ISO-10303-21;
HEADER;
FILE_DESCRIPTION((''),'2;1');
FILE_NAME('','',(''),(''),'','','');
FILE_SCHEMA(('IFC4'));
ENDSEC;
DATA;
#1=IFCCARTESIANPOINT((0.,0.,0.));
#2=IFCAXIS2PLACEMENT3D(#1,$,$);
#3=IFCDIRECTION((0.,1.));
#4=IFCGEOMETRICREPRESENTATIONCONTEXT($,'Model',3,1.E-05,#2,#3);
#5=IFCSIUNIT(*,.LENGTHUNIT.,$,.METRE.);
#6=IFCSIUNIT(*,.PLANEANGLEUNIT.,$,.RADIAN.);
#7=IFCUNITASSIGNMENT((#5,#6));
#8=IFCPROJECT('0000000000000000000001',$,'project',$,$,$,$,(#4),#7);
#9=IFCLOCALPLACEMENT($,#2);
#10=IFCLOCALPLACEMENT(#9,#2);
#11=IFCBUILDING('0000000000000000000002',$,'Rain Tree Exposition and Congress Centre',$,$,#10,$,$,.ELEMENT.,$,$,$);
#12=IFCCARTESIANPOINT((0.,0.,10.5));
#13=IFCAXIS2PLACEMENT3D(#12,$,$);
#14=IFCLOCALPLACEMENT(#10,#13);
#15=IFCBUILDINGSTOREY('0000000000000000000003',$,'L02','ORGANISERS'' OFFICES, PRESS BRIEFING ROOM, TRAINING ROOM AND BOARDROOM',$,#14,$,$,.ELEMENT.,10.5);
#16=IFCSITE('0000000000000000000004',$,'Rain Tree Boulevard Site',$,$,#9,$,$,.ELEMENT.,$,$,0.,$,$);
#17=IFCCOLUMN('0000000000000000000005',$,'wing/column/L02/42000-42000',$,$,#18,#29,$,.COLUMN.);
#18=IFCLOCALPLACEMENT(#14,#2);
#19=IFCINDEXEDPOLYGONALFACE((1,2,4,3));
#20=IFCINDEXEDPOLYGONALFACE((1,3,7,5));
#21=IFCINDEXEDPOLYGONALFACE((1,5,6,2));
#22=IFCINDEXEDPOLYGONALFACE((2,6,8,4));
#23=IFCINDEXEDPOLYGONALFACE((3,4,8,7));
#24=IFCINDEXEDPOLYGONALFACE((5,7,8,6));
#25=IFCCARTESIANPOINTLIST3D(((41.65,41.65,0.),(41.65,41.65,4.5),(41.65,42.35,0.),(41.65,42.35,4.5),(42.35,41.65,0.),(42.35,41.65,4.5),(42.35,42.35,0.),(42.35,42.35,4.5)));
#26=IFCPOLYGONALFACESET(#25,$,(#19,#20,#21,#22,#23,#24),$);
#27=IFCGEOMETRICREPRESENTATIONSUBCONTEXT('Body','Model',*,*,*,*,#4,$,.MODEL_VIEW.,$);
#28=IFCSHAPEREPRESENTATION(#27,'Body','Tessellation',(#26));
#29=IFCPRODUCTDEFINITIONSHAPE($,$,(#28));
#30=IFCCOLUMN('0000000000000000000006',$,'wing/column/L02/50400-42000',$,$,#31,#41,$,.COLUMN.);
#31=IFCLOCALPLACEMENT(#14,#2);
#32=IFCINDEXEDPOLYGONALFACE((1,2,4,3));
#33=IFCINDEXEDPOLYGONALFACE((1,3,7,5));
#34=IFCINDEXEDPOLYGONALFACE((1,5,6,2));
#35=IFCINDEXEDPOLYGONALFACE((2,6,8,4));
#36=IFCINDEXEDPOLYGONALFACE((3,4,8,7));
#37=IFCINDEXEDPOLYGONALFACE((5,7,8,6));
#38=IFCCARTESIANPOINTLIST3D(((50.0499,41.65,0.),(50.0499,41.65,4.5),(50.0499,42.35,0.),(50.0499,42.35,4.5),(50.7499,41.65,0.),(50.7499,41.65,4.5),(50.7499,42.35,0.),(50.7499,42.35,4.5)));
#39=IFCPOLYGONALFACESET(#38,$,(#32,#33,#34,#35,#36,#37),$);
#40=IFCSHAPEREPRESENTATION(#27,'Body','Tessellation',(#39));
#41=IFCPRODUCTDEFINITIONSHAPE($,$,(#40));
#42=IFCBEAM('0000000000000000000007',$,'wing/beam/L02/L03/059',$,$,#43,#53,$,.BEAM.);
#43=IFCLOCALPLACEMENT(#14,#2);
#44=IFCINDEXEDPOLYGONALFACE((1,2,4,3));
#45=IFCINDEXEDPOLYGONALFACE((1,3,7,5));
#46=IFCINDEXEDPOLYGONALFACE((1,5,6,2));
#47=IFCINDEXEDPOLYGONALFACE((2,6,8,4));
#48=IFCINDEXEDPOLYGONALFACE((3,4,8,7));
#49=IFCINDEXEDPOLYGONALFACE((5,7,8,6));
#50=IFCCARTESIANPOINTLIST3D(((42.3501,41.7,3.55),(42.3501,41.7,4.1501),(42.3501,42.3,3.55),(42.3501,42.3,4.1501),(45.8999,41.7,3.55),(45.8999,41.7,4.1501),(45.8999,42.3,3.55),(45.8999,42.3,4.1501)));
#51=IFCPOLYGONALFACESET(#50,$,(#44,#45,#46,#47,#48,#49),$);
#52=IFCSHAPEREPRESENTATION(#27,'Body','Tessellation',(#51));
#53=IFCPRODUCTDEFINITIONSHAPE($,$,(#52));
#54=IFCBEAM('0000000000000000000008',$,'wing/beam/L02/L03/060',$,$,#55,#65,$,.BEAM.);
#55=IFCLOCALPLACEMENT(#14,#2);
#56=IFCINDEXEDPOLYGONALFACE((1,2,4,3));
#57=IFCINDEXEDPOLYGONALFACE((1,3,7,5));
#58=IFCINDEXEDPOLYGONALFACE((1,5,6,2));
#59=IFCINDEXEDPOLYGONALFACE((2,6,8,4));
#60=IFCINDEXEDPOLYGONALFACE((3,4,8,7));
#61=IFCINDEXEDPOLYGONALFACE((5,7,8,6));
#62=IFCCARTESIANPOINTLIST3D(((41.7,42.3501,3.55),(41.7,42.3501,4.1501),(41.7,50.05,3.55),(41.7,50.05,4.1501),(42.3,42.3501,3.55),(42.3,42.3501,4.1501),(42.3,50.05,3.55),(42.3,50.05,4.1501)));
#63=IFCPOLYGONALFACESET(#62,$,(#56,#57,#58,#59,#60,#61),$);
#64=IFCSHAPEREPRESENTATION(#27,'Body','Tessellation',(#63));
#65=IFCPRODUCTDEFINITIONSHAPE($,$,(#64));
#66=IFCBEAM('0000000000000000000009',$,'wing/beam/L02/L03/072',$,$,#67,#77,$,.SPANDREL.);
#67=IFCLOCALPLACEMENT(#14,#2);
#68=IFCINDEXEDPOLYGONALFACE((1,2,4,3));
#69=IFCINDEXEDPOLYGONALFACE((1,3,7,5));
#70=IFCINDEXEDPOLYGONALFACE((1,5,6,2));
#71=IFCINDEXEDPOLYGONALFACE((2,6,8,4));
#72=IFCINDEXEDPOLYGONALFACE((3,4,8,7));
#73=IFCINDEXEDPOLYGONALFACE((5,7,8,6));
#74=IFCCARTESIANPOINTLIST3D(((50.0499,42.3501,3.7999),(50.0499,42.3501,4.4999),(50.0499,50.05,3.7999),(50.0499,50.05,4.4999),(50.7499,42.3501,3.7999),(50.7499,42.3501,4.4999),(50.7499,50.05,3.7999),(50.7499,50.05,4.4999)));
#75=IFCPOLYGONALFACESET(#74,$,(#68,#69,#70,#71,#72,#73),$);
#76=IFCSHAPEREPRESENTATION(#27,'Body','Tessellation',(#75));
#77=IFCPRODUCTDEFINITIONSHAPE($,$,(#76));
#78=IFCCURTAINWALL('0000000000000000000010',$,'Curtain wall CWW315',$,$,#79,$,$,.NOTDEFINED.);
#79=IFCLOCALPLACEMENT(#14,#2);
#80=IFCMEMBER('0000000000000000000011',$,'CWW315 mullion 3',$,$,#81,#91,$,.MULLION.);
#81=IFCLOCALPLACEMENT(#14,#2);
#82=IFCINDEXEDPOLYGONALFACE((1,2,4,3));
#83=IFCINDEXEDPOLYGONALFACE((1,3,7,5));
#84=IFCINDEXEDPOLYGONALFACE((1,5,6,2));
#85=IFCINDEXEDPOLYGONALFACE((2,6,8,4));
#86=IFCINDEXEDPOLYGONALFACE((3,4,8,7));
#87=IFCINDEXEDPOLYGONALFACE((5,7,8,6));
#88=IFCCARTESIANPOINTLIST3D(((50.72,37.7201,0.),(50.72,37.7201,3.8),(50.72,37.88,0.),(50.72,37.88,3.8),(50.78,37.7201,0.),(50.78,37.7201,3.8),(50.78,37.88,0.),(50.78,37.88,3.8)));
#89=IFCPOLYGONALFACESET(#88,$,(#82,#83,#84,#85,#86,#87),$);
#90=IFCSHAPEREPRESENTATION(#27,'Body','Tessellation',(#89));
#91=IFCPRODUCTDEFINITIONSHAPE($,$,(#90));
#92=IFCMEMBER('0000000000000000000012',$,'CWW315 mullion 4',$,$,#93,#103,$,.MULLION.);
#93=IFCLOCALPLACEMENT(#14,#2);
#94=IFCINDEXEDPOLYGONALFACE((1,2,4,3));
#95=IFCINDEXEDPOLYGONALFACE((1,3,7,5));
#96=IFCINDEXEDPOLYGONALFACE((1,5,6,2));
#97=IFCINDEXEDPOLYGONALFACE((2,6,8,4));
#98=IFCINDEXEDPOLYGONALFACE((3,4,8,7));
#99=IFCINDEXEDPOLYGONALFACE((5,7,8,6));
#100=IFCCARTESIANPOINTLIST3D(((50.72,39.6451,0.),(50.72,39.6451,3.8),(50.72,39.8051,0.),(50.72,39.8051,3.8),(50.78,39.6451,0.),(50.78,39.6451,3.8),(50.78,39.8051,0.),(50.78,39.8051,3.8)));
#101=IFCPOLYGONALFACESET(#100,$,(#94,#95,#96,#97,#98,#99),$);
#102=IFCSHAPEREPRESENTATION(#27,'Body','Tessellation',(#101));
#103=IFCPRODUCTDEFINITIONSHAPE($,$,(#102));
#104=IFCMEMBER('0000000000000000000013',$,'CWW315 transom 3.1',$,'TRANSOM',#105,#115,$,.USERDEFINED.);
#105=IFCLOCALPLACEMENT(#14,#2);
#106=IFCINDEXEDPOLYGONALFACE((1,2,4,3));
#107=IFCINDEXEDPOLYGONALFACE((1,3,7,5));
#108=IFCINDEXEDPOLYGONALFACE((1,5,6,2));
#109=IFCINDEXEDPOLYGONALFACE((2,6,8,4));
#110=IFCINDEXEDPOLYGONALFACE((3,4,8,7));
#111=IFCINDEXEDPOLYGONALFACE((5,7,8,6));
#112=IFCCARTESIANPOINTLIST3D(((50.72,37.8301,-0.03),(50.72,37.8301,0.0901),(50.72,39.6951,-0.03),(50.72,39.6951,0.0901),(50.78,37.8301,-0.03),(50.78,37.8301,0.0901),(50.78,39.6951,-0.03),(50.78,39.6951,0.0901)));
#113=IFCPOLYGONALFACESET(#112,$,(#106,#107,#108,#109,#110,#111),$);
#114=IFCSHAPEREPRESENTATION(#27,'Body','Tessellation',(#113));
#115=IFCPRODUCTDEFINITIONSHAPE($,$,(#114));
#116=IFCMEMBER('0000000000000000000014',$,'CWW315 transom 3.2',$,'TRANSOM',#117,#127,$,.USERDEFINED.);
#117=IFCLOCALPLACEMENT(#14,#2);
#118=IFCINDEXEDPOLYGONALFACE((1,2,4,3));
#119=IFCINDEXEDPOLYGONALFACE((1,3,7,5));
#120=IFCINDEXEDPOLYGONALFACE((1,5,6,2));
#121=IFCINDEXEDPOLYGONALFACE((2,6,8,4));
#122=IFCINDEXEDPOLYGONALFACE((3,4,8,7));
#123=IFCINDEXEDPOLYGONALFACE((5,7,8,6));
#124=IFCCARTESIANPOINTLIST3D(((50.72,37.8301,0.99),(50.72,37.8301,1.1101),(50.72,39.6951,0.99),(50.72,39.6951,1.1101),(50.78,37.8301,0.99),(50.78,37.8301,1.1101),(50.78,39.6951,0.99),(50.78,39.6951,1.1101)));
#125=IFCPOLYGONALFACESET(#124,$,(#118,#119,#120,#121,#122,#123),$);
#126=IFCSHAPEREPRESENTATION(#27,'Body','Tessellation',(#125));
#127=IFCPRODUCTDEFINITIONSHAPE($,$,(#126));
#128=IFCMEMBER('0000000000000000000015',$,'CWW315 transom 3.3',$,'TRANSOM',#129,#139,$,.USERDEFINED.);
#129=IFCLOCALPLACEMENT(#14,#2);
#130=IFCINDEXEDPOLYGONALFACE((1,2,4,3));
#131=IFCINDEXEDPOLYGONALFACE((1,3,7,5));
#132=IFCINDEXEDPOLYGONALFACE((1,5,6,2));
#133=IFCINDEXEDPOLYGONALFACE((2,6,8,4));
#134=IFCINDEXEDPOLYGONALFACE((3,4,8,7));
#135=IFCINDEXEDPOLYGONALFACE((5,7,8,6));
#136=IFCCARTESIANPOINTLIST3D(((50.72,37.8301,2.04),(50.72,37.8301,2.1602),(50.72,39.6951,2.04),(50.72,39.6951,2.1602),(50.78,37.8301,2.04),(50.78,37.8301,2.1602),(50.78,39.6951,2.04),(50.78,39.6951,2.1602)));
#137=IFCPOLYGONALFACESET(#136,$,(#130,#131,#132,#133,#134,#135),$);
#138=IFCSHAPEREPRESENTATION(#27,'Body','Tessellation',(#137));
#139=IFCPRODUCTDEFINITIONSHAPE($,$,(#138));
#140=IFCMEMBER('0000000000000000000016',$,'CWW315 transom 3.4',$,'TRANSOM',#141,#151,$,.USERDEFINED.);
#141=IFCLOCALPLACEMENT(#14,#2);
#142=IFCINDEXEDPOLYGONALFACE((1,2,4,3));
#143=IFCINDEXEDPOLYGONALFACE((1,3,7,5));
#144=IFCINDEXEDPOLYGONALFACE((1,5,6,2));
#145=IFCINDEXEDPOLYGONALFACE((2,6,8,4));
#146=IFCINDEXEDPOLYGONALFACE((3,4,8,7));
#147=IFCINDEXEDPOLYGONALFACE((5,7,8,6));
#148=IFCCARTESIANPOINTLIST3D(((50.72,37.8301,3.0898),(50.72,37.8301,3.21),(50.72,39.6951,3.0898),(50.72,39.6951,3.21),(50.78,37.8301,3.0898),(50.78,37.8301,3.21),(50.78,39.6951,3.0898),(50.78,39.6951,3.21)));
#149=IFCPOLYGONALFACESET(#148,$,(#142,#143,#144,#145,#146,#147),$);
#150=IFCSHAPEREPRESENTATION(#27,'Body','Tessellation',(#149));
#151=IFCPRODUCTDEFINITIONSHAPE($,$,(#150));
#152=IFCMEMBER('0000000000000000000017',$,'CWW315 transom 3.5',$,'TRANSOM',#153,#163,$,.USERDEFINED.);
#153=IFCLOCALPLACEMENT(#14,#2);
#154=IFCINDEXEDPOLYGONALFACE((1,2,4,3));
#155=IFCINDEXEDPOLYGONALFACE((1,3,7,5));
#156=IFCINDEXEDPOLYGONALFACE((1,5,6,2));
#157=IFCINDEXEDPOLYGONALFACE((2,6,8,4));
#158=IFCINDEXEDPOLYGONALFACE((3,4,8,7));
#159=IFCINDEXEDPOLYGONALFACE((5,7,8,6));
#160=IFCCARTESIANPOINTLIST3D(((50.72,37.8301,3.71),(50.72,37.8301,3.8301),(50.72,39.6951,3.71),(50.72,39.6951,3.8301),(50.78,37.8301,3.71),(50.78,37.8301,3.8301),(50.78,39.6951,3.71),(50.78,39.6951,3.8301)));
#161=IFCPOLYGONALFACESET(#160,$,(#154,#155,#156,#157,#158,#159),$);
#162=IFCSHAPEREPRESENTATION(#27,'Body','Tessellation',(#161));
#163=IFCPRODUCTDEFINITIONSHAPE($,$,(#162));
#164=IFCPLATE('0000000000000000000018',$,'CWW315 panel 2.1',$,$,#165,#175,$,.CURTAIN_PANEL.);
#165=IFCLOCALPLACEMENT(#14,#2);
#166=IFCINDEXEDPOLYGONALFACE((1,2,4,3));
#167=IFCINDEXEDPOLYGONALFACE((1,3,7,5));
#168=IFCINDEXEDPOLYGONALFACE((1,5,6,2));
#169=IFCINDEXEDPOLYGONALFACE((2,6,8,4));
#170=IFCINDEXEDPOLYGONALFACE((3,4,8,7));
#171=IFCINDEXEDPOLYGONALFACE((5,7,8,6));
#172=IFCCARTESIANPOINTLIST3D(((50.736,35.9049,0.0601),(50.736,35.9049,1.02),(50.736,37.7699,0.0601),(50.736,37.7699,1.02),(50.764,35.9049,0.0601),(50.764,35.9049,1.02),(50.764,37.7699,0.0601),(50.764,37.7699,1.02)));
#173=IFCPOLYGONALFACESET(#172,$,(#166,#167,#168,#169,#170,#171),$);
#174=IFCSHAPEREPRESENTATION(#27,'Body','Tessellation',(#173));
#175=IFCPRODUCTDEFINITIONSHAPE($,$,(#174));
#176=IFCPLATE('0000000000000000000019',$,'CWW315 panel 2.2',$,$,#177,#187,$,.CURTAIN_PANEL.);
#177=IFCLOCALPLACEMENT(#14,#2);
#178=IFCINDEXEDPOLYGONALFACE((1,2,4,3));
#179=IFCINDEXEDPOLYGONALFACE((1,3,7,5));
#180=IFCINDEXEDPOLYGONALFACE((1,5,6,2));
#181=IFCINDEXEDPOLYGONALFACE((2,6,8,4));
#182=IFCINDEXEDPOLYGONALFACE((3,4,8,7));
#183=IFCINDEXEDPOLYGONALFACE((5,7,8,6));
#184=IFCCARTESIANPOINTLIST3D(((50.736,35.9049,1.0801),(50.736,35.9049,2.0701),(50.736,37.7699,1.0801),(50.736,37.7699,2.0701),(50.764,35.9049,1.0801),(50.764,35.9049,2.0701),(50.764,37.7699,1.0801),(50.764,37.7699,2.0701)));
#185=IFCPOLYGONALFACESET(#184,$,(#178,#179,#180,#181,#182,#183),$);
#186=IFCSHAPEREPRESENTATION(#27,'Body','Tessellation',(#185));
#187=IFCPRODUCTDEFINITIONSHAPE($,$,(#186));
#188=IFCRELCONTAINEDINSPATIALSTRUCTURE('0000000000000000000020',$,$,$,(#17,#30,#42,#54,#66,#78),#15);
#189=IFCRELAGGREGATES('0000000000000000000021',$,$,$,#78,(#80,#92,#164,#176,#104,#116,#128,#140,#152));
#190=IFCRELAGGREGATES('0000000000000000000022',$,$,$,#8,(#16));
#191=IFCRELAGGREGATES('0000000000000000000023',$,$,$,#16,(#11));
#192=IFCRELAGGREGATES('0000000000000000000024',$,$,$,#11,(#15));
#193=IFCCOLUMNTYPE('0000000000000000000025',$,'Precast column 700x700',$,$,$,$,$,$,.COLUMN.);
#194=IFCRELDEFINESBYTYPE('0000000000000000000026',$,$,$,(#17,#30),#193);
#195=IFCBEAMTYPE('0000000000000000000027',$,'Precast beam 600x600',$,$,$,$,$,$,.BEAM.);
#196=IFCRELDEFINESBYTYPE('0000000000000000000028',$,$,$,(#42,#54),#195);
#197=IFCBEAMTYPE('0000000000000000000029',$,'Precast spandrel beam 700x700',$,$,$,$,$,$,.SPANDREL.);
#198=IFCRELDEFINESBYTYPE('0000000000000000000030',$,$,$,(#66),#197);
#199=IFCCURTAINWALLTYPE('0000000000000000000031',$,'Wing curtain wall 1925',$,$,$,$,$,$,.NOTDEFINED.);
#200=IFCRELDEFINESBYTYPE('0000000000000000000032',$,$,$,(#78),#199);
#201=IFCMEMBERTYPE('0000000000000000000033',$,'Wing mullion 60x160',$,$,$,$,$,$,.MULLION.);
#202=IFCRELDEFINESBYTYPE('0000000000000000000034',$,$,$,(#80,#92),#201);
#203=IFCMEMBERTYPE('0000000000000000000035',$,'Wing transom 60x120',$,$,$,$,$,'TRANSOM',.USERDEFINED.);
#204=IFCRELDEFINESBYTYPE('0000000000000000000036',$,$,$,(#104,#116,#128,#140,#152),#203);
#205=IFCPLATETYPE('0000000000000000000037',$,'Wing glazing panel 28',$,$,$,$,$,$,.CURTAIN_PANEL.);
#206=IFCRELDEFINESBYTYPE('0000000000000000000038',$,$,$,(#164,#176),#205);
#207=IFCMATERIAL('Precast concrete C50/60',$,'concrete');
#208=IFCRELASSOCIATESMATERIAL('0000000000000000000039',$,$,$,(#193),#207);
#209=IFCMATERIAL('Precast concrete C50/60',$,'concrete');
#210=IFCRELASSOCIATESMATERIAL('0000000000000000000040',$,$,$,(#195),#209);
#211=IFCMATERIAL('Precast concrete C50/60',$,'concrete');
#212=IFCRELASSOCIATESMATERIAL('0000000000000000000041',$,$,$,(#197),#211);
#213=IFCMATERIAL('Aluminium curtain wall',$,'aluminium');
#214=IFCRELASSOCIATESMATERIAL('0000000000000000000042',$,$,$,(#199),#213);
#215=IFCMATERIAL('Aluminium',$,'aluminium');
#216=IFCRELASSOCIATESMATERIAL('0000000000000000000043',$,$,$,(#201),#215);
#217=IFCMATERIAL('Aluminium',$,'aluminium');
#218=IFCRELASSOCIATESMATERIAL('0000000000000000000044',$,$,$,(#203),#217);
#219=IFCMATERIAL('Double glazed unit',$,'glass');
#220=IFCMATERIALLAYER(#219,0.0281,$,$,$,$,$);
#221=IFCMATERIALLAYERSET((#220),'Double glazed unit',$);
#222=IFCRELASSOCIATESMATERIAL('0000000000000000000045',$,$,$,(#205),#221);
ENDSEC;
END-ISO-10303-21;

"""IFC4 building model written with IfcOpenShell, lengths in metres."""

from ifc_helpers import new_model, si_unit, direction, frame, origin, origin_2d, place, context, subcontext, project, spatial, rectangle, extrude, material, layer, layer_set, material_profile, profile_set, type_object, element, aggregate, save


model = new_model("IFC4")

# Units and contexts
model_context = context("Model", 3, precision=1e-05, world=origin(), true_north=direction((0.0, 1.0)))
body_context = subcontext(model_context, "Body", "Model", "MODEL_VIEW")
ifc_project = project(units=[si_unit("LENGTHUNIT", "METRE"), si_unit("PLANEANGLEUNIT", "RADIAN")], contexts=[model_context])

# Site, building, storey
site_placement = place(None, origin())
site = spatial("IfcSite", under=ifc_project, at=site_placement, Name="Rain Tree Boulevard Site", CompositionType="ELEMENT", RefElevation=0.0)
building_placement = place(site_placement, origin())
building = spatial("IfcBuilding", under=site, at=building_placement, Name="Rain Tree Exposition and Congress Centre", CompositionType="ELEMENT")
storey_placement = place(building_placement, frame((0.0, 0.0, 10.5)))
storey = spatial("IfcBuildingStorey", under=building, at=storey_placement, Name="L02", Description="ORGANISERS' OFFICES, PRESS BRIEFING ROOM, TRAINING ROOM AND BOARDROOM", CompositionType="ELEMENT", Elevation=10.5)

# Columns
ifc_material_1 = material(Name="Precast concrete C50/60", Category="concrete")
ifc_material_profile_1 = material_profile(ifc_material_1, rectangle(XDim=0.7, YDim=0.7, at=origin_2d()), Name="RC 700x700")
ifc_profile_set_1 = profile_set([ifc_material_profile_1], Name="Precast concrete C50/60")
column_type = type_object("IfcColumnType", Name="Precast column 700x700", PredefinedType="COLUMN", material=ifc_profile_set_1)
for number, where, z_axis, x_axis, name in (
    (1, (42.0, 42.0, 0.0), (0.0, 0.0, 1.0), (1.0, 0.0, 0.0), "wing/column/L02/42000-42000"),
    (2, (50.3999, 42.0, 0.0), (0.0, 0.0, 1.0), (1.0, 0.0, 0.0), "wing/column/L02/50400-42000"),
):
    element("IfcColumn", number, at=place(storey_placement, frame(where, z_axis=z_axis, x_axis=x_axis)), inside=storey, type_object=column_type, Name=name, PredefinedType="COLUMN", context=body_context, shape_type="SweptSolid", body=[
        extrude(rectangle(XDim=0.7, YDim=0.7, at=origin_2d()), origin(), (0.0, 0.0, 1.0), 4.5),
    ])

# Beams
ifc_material_2 = material(Name="Precast concrete C50/60", Category="concrete")
ifc_material_profile_2 = material_profile(ifc_material_2, rectangle(XDim=0.6001, YDim=0.6001, at=origin_2d()), Name="RC 600x600")
ifc_profile_set_2 = profile_set([ifc_material_profile_2], Name="Precast concrete C50/60")
beam_type_1 = type_object("IfcBeamType", Name="Precast beam 600x600", PredefinedType="BEAM", material=ifc_profile_set_2)
beam_1_placement = place(storey_placement, frame((42.3501, 42.0, 3.8501), z_axis=(1.0, 0.0, 0.0), x_axis=(0.0, 1.0, 0.0)))
element("IfcBeam", 3, at=beam_1_placement, inside=storey, type_object=beam_type_1, Name="wing/beam/L02/L03/059", PredefinedType="BEAM", context=body_context, shape_type="SweptSolid", body=[
    extrude(rectangle(XDim=0.6001, YDim=0.6001, at=origin_2d()), origin(), (0.0, 0.0, 1.0), 3.5498),
])
beam_2_placement = place(storey_placement, frame((42.0, 42.3501, 3.8501), z_axis=(0.0, 1.0, 0.0), x_axis=(-1.0, 0.0, 0.0)))
element("IfcBeam", 4, at=beam_2_placement, inside=storey, type_object=beam_type_1, Name="wing/beam/L02/L03/060", PredefinedType="BEAM", context=body_context, shape_type="SweptSolid", body=[
    extrude(rectangle(XDim=0.6001, YDim=0.6001, at=origin_2d()), origin(), (0.0, 0.0, 1.0), 7.7),
])
ifc_material_3 = material(Name="Precast concrete C50/60", Category="concrete")
ifc_material_profile_3 = material_profile(ifc_material_3, rectangle(XDim=0.7, YDim=0.7, at=origin_2d()), Name="RC 700x700")
ifc_profile_set_3 = profile_set([ifc_material_profile_3], Name="Precast concrete C50/60")
beam_type_2 = type_object("IfcBeamType", Name="Precast spandrel beam 700x700", PredefinedType="SPANDREL", material=ifc_profile_set_3)
beam_3_placement = place(storey_placement, frame((50.3999, 42.3501, 4.1499), z_axis=(0.0, 1.0, 0.0), x_axis=(-1.0, 0.0, 0.0)))
element("IfcBeam", 5, at=beam_3_placement, inside=storey, type_object=beam_type_2, Name="wing/beam/L02/L03/072", PredefinedType="SPANDREL", context=body_context, shape_type="SweptSolid", body=[
    extrude(rectangle(XDim=0.7, YDim=0.7, at=origin_2d()), origin(), (0.0, 0.0, 1.0), 7.7),
])

# Curtain wall, members, plates
ifc_material_4 = material(Name="Aluminium curtain wall", Category="aluminium")
curtain_wall_type = type_object("IfcCurtainWallType", Name="Wing curtain wall 1925", PredefinedType="NOTDEFINED", material=ifc_material_4)
curtain_wall_placement = place(storey_placement, origin())
curtain_wall = element("IfcCurtainWall", 6, at=curtain_wall_placement, inside=storey, type_object=curtain_wall_type, Name="Curtain wall CWW315", PredefinedType="NOTDEFINED")
ifc_material_5 = material(Name="Aluminium", Category="aluminium")
ifc_material_profile_4 = material_profile(ifc_material_5, rectangle(XDim=0.0601, YDim=0.1599, at=origin_2d()), Name="Aluminium 60x160")
ifc_profile_set_4 = profile_set([ifc_material_profile_4], Name="Aluminium")
member_type_1 = type_object("IfcMemberType", Name="Wing mullion 60x160", PredefinedType="MULLION", material=ifc_profile_set_4)
member_1_placement = place(storey_placement, frame((50.75, 37.8, 0.0), z_axis=(0.0, 0.0, 1.0), x_axis=(-1.0, 0.0, 0.0)))
member_1 = element("IfcMember", 7, at=member_1_placement, type_object=member_type_1, Name="CWW315 mullion 3", PredefinedType="MULLION", context=body_context, shape_type="SweptSolid", body=[
    extrude(rectangle(XDim=0.0601, YDim=0.1599, at=origin_2d()), origin(), (0.0, 0.0, 1.0), 3.8),
])
member_2_placement = place(storey_placement, frame((50.75, 39.7251, 0.0), z_axis=(0.0, 0.0, 1.0), x_axis=(-1.0, 0.0, 0.0)))
member_2 = element("IfcMember", 8, at=member_2_placement, type_object=member_type_1, Name="CWW315 mullion 4", PredefinedType="MULLION", context=body_context, shape_type="SweptSolid", body=[
    extrude(rectangle(XDim=0.0601, YDim=0.1599, at=origin_2d()), origin(), (0.0, 0.0, 1.0), 3.8),
])
ifc_material_6 = material(Name="Aluminium", Category="aluminium")
ifc_material_profile_5 = material_profile(ifc_material_6, rectangle(XDim=0.0601, YDim=0.1201, at=origin_2d()), Name="Aluminium 60x120")
ifc_profile_set_5 = profile_set([ifc_material_profile_5], Name="Aluminium")
member_type_2 = type_object("IfcMemberType", Name="Wing transom 60x120", ElementType="TRANSOM", PredefinedType="USERDEFINED", material=ifc_profile_set_5)
member_3_placement = place(storey_placement, frame((50.75, 37.8301, 0.03), z_axis=(0.0, 1.0, 0.0), x_axis=(-1.0, 0.0, 0.0)))
member_3 = element("IfcMember", 9, at=member_3_placement, type_object=member_type_2, Name="CWW315 transom 3.1", ObjectType="TRANSOM", PredefinedType="USERDEFINED", context=body_context, shape_type="SweptSolid", body=[
    extrude(rectangle(XDim=0.0601, YDim=0.1201, at=origin_2d()), origin(), (0.0, 0.0, 1.0), 1.865),
])
member_4_placement = place(storey_placement, frame((50.75, 37.8301, 1.05), z_axis=(0.0, 1.0, 0.0), x_axis=(-1.0, 0.0, 0.0)))
member_4 = element("IfcMember", 10, at=member_4_placement, type_object=member_type_2, Name="CWW315 transom 3.2", ObjectType="TRANSOM", PredefinedType="USERDEFINED", context=body_context, shape_type="SweptSolid", body=[
    extrude(rectangle(XDim=0.0601, YDim=0.1201, at=origin_2d()), origin(), (0.0, 0.0, 1.0), 1.865),
])
member_5_placement = place(storey_placement, frame((50.75, 37.8301, 2.1001), z_axis=(0.0, 1.0, 0.0), x_axis=(-1.0, 0.0, 0.0)))
member_5 = element("IfcMember", 11, at=member_5_placement, type_object=member_type_2, Name="CWW315 transom 3.3", ObjectType="TRANSOM", PredefinedType="USERDEFINED", context=body_context, shape_type="SweptSolid", body=[
    extrude(rectangle(XDim=0.0601, YDim=0.1201, at=origin_2d()), origin(), (0.0, 0.0, 1.0), 1.865),
])
member_6_placement = place(storey_placement, frame((50.75, 37.8301, 3.1499), z_axis=(0.0, 1.0, 0.0), x_axis=(-1.0, 0.0, 0.0)))
member_6 = element("IfcMember", 12, at=member_6_placement, type_object=member_type_2, Name="CWW315 transom 3.4", ObjectType="TRANSOM", PredefinedType="USERDEFINED", context=body_context, shape_type="SweptSolid", body=[
    extrude(rectangle(XDim=0.0601, YDim=0.1201, at=origin_2d()), origin(), (0.0, 0.0, 1.0), 1.865),
])
member_7_placement = place(storey_placement, frame((50.75, 37.8301, 3.77), z_axis=(0.0, 1.0, 0.0), x_axis=(-1.0, 0.0, 0.0)))
member_7 = element("IfcMember", 13, at=member_7_placement, type_object=member_type_2, Name="CWW315 transom 3.5", ObjectType="TRANSOM", PredefinedType="USERDEFINED", context=body_context, shape_type="SweptSolid", body=[
    extrude(rectangle(XDim=0.0601, YDim=0.1201, at=origin_2d()), origin(), (0.0, 0.0, 1.0), 1.865),
])
ifc_material_7 = material(Name="Double glazed unit", Category="glass")
ifc_layer_1 = layer(ifc_material_7, 0.0281)
ifc_layer_set_1 = layer_set([ifc_layer_1], Name="Double glazed unit")
plate_type = type_object("IfcPlateType", Name="Wing glazing panel 28", PredefinedType="CURTAIN_PANEL", material=ifc_layer_set_1)
plate_1_placement = place(storey_placement, frame((50.75, 36.8374, 0.0601), z_axis=(0.0, 0.0, 1.0), x_axis=(0.0, 1.0, 0.0)))
plate_1 = element("IfcPlate", 14, at=plate_1_placement, type_object=plate_type, Name="CWW315 panel 2.1", PredefinedType="CURTAIN_PANEL", context=body_context, shape_type="SweptSolid", body=[
    extrude(rectangle(XDim=1.865, YDim=0.0281, at=origin_2d()), origin(), (0.0, 0.0, 1.0), 0.96),
])
plate_2_placement = place(storey_placement, frame((50.75, 36.8374, 1.0801), z_axis=(0.0, 0.0, 1.0), x_axis=(0.0, 1.0, 0.0)))
plate_2 = element("IfcPlate", 15, at=plate_2_placement, type_object=plate_type, Name="CWW315 panel 2.2", PredefinedType="CURTAIN_PANEL", context=body_context, shape_type="SweptSolid", body=[
    extrude(rectangle(XDim=1.865, YDim=0.0281, at=origin_2d()), origin(), (0.0, 0.0, 1.0), 0.99),
])
aggregate(curtain_wall, [member_1, member_2, plate_1, plate_2, member_3, member_4, member_5, member_6, member_7])

save(model, "model.ifc")
